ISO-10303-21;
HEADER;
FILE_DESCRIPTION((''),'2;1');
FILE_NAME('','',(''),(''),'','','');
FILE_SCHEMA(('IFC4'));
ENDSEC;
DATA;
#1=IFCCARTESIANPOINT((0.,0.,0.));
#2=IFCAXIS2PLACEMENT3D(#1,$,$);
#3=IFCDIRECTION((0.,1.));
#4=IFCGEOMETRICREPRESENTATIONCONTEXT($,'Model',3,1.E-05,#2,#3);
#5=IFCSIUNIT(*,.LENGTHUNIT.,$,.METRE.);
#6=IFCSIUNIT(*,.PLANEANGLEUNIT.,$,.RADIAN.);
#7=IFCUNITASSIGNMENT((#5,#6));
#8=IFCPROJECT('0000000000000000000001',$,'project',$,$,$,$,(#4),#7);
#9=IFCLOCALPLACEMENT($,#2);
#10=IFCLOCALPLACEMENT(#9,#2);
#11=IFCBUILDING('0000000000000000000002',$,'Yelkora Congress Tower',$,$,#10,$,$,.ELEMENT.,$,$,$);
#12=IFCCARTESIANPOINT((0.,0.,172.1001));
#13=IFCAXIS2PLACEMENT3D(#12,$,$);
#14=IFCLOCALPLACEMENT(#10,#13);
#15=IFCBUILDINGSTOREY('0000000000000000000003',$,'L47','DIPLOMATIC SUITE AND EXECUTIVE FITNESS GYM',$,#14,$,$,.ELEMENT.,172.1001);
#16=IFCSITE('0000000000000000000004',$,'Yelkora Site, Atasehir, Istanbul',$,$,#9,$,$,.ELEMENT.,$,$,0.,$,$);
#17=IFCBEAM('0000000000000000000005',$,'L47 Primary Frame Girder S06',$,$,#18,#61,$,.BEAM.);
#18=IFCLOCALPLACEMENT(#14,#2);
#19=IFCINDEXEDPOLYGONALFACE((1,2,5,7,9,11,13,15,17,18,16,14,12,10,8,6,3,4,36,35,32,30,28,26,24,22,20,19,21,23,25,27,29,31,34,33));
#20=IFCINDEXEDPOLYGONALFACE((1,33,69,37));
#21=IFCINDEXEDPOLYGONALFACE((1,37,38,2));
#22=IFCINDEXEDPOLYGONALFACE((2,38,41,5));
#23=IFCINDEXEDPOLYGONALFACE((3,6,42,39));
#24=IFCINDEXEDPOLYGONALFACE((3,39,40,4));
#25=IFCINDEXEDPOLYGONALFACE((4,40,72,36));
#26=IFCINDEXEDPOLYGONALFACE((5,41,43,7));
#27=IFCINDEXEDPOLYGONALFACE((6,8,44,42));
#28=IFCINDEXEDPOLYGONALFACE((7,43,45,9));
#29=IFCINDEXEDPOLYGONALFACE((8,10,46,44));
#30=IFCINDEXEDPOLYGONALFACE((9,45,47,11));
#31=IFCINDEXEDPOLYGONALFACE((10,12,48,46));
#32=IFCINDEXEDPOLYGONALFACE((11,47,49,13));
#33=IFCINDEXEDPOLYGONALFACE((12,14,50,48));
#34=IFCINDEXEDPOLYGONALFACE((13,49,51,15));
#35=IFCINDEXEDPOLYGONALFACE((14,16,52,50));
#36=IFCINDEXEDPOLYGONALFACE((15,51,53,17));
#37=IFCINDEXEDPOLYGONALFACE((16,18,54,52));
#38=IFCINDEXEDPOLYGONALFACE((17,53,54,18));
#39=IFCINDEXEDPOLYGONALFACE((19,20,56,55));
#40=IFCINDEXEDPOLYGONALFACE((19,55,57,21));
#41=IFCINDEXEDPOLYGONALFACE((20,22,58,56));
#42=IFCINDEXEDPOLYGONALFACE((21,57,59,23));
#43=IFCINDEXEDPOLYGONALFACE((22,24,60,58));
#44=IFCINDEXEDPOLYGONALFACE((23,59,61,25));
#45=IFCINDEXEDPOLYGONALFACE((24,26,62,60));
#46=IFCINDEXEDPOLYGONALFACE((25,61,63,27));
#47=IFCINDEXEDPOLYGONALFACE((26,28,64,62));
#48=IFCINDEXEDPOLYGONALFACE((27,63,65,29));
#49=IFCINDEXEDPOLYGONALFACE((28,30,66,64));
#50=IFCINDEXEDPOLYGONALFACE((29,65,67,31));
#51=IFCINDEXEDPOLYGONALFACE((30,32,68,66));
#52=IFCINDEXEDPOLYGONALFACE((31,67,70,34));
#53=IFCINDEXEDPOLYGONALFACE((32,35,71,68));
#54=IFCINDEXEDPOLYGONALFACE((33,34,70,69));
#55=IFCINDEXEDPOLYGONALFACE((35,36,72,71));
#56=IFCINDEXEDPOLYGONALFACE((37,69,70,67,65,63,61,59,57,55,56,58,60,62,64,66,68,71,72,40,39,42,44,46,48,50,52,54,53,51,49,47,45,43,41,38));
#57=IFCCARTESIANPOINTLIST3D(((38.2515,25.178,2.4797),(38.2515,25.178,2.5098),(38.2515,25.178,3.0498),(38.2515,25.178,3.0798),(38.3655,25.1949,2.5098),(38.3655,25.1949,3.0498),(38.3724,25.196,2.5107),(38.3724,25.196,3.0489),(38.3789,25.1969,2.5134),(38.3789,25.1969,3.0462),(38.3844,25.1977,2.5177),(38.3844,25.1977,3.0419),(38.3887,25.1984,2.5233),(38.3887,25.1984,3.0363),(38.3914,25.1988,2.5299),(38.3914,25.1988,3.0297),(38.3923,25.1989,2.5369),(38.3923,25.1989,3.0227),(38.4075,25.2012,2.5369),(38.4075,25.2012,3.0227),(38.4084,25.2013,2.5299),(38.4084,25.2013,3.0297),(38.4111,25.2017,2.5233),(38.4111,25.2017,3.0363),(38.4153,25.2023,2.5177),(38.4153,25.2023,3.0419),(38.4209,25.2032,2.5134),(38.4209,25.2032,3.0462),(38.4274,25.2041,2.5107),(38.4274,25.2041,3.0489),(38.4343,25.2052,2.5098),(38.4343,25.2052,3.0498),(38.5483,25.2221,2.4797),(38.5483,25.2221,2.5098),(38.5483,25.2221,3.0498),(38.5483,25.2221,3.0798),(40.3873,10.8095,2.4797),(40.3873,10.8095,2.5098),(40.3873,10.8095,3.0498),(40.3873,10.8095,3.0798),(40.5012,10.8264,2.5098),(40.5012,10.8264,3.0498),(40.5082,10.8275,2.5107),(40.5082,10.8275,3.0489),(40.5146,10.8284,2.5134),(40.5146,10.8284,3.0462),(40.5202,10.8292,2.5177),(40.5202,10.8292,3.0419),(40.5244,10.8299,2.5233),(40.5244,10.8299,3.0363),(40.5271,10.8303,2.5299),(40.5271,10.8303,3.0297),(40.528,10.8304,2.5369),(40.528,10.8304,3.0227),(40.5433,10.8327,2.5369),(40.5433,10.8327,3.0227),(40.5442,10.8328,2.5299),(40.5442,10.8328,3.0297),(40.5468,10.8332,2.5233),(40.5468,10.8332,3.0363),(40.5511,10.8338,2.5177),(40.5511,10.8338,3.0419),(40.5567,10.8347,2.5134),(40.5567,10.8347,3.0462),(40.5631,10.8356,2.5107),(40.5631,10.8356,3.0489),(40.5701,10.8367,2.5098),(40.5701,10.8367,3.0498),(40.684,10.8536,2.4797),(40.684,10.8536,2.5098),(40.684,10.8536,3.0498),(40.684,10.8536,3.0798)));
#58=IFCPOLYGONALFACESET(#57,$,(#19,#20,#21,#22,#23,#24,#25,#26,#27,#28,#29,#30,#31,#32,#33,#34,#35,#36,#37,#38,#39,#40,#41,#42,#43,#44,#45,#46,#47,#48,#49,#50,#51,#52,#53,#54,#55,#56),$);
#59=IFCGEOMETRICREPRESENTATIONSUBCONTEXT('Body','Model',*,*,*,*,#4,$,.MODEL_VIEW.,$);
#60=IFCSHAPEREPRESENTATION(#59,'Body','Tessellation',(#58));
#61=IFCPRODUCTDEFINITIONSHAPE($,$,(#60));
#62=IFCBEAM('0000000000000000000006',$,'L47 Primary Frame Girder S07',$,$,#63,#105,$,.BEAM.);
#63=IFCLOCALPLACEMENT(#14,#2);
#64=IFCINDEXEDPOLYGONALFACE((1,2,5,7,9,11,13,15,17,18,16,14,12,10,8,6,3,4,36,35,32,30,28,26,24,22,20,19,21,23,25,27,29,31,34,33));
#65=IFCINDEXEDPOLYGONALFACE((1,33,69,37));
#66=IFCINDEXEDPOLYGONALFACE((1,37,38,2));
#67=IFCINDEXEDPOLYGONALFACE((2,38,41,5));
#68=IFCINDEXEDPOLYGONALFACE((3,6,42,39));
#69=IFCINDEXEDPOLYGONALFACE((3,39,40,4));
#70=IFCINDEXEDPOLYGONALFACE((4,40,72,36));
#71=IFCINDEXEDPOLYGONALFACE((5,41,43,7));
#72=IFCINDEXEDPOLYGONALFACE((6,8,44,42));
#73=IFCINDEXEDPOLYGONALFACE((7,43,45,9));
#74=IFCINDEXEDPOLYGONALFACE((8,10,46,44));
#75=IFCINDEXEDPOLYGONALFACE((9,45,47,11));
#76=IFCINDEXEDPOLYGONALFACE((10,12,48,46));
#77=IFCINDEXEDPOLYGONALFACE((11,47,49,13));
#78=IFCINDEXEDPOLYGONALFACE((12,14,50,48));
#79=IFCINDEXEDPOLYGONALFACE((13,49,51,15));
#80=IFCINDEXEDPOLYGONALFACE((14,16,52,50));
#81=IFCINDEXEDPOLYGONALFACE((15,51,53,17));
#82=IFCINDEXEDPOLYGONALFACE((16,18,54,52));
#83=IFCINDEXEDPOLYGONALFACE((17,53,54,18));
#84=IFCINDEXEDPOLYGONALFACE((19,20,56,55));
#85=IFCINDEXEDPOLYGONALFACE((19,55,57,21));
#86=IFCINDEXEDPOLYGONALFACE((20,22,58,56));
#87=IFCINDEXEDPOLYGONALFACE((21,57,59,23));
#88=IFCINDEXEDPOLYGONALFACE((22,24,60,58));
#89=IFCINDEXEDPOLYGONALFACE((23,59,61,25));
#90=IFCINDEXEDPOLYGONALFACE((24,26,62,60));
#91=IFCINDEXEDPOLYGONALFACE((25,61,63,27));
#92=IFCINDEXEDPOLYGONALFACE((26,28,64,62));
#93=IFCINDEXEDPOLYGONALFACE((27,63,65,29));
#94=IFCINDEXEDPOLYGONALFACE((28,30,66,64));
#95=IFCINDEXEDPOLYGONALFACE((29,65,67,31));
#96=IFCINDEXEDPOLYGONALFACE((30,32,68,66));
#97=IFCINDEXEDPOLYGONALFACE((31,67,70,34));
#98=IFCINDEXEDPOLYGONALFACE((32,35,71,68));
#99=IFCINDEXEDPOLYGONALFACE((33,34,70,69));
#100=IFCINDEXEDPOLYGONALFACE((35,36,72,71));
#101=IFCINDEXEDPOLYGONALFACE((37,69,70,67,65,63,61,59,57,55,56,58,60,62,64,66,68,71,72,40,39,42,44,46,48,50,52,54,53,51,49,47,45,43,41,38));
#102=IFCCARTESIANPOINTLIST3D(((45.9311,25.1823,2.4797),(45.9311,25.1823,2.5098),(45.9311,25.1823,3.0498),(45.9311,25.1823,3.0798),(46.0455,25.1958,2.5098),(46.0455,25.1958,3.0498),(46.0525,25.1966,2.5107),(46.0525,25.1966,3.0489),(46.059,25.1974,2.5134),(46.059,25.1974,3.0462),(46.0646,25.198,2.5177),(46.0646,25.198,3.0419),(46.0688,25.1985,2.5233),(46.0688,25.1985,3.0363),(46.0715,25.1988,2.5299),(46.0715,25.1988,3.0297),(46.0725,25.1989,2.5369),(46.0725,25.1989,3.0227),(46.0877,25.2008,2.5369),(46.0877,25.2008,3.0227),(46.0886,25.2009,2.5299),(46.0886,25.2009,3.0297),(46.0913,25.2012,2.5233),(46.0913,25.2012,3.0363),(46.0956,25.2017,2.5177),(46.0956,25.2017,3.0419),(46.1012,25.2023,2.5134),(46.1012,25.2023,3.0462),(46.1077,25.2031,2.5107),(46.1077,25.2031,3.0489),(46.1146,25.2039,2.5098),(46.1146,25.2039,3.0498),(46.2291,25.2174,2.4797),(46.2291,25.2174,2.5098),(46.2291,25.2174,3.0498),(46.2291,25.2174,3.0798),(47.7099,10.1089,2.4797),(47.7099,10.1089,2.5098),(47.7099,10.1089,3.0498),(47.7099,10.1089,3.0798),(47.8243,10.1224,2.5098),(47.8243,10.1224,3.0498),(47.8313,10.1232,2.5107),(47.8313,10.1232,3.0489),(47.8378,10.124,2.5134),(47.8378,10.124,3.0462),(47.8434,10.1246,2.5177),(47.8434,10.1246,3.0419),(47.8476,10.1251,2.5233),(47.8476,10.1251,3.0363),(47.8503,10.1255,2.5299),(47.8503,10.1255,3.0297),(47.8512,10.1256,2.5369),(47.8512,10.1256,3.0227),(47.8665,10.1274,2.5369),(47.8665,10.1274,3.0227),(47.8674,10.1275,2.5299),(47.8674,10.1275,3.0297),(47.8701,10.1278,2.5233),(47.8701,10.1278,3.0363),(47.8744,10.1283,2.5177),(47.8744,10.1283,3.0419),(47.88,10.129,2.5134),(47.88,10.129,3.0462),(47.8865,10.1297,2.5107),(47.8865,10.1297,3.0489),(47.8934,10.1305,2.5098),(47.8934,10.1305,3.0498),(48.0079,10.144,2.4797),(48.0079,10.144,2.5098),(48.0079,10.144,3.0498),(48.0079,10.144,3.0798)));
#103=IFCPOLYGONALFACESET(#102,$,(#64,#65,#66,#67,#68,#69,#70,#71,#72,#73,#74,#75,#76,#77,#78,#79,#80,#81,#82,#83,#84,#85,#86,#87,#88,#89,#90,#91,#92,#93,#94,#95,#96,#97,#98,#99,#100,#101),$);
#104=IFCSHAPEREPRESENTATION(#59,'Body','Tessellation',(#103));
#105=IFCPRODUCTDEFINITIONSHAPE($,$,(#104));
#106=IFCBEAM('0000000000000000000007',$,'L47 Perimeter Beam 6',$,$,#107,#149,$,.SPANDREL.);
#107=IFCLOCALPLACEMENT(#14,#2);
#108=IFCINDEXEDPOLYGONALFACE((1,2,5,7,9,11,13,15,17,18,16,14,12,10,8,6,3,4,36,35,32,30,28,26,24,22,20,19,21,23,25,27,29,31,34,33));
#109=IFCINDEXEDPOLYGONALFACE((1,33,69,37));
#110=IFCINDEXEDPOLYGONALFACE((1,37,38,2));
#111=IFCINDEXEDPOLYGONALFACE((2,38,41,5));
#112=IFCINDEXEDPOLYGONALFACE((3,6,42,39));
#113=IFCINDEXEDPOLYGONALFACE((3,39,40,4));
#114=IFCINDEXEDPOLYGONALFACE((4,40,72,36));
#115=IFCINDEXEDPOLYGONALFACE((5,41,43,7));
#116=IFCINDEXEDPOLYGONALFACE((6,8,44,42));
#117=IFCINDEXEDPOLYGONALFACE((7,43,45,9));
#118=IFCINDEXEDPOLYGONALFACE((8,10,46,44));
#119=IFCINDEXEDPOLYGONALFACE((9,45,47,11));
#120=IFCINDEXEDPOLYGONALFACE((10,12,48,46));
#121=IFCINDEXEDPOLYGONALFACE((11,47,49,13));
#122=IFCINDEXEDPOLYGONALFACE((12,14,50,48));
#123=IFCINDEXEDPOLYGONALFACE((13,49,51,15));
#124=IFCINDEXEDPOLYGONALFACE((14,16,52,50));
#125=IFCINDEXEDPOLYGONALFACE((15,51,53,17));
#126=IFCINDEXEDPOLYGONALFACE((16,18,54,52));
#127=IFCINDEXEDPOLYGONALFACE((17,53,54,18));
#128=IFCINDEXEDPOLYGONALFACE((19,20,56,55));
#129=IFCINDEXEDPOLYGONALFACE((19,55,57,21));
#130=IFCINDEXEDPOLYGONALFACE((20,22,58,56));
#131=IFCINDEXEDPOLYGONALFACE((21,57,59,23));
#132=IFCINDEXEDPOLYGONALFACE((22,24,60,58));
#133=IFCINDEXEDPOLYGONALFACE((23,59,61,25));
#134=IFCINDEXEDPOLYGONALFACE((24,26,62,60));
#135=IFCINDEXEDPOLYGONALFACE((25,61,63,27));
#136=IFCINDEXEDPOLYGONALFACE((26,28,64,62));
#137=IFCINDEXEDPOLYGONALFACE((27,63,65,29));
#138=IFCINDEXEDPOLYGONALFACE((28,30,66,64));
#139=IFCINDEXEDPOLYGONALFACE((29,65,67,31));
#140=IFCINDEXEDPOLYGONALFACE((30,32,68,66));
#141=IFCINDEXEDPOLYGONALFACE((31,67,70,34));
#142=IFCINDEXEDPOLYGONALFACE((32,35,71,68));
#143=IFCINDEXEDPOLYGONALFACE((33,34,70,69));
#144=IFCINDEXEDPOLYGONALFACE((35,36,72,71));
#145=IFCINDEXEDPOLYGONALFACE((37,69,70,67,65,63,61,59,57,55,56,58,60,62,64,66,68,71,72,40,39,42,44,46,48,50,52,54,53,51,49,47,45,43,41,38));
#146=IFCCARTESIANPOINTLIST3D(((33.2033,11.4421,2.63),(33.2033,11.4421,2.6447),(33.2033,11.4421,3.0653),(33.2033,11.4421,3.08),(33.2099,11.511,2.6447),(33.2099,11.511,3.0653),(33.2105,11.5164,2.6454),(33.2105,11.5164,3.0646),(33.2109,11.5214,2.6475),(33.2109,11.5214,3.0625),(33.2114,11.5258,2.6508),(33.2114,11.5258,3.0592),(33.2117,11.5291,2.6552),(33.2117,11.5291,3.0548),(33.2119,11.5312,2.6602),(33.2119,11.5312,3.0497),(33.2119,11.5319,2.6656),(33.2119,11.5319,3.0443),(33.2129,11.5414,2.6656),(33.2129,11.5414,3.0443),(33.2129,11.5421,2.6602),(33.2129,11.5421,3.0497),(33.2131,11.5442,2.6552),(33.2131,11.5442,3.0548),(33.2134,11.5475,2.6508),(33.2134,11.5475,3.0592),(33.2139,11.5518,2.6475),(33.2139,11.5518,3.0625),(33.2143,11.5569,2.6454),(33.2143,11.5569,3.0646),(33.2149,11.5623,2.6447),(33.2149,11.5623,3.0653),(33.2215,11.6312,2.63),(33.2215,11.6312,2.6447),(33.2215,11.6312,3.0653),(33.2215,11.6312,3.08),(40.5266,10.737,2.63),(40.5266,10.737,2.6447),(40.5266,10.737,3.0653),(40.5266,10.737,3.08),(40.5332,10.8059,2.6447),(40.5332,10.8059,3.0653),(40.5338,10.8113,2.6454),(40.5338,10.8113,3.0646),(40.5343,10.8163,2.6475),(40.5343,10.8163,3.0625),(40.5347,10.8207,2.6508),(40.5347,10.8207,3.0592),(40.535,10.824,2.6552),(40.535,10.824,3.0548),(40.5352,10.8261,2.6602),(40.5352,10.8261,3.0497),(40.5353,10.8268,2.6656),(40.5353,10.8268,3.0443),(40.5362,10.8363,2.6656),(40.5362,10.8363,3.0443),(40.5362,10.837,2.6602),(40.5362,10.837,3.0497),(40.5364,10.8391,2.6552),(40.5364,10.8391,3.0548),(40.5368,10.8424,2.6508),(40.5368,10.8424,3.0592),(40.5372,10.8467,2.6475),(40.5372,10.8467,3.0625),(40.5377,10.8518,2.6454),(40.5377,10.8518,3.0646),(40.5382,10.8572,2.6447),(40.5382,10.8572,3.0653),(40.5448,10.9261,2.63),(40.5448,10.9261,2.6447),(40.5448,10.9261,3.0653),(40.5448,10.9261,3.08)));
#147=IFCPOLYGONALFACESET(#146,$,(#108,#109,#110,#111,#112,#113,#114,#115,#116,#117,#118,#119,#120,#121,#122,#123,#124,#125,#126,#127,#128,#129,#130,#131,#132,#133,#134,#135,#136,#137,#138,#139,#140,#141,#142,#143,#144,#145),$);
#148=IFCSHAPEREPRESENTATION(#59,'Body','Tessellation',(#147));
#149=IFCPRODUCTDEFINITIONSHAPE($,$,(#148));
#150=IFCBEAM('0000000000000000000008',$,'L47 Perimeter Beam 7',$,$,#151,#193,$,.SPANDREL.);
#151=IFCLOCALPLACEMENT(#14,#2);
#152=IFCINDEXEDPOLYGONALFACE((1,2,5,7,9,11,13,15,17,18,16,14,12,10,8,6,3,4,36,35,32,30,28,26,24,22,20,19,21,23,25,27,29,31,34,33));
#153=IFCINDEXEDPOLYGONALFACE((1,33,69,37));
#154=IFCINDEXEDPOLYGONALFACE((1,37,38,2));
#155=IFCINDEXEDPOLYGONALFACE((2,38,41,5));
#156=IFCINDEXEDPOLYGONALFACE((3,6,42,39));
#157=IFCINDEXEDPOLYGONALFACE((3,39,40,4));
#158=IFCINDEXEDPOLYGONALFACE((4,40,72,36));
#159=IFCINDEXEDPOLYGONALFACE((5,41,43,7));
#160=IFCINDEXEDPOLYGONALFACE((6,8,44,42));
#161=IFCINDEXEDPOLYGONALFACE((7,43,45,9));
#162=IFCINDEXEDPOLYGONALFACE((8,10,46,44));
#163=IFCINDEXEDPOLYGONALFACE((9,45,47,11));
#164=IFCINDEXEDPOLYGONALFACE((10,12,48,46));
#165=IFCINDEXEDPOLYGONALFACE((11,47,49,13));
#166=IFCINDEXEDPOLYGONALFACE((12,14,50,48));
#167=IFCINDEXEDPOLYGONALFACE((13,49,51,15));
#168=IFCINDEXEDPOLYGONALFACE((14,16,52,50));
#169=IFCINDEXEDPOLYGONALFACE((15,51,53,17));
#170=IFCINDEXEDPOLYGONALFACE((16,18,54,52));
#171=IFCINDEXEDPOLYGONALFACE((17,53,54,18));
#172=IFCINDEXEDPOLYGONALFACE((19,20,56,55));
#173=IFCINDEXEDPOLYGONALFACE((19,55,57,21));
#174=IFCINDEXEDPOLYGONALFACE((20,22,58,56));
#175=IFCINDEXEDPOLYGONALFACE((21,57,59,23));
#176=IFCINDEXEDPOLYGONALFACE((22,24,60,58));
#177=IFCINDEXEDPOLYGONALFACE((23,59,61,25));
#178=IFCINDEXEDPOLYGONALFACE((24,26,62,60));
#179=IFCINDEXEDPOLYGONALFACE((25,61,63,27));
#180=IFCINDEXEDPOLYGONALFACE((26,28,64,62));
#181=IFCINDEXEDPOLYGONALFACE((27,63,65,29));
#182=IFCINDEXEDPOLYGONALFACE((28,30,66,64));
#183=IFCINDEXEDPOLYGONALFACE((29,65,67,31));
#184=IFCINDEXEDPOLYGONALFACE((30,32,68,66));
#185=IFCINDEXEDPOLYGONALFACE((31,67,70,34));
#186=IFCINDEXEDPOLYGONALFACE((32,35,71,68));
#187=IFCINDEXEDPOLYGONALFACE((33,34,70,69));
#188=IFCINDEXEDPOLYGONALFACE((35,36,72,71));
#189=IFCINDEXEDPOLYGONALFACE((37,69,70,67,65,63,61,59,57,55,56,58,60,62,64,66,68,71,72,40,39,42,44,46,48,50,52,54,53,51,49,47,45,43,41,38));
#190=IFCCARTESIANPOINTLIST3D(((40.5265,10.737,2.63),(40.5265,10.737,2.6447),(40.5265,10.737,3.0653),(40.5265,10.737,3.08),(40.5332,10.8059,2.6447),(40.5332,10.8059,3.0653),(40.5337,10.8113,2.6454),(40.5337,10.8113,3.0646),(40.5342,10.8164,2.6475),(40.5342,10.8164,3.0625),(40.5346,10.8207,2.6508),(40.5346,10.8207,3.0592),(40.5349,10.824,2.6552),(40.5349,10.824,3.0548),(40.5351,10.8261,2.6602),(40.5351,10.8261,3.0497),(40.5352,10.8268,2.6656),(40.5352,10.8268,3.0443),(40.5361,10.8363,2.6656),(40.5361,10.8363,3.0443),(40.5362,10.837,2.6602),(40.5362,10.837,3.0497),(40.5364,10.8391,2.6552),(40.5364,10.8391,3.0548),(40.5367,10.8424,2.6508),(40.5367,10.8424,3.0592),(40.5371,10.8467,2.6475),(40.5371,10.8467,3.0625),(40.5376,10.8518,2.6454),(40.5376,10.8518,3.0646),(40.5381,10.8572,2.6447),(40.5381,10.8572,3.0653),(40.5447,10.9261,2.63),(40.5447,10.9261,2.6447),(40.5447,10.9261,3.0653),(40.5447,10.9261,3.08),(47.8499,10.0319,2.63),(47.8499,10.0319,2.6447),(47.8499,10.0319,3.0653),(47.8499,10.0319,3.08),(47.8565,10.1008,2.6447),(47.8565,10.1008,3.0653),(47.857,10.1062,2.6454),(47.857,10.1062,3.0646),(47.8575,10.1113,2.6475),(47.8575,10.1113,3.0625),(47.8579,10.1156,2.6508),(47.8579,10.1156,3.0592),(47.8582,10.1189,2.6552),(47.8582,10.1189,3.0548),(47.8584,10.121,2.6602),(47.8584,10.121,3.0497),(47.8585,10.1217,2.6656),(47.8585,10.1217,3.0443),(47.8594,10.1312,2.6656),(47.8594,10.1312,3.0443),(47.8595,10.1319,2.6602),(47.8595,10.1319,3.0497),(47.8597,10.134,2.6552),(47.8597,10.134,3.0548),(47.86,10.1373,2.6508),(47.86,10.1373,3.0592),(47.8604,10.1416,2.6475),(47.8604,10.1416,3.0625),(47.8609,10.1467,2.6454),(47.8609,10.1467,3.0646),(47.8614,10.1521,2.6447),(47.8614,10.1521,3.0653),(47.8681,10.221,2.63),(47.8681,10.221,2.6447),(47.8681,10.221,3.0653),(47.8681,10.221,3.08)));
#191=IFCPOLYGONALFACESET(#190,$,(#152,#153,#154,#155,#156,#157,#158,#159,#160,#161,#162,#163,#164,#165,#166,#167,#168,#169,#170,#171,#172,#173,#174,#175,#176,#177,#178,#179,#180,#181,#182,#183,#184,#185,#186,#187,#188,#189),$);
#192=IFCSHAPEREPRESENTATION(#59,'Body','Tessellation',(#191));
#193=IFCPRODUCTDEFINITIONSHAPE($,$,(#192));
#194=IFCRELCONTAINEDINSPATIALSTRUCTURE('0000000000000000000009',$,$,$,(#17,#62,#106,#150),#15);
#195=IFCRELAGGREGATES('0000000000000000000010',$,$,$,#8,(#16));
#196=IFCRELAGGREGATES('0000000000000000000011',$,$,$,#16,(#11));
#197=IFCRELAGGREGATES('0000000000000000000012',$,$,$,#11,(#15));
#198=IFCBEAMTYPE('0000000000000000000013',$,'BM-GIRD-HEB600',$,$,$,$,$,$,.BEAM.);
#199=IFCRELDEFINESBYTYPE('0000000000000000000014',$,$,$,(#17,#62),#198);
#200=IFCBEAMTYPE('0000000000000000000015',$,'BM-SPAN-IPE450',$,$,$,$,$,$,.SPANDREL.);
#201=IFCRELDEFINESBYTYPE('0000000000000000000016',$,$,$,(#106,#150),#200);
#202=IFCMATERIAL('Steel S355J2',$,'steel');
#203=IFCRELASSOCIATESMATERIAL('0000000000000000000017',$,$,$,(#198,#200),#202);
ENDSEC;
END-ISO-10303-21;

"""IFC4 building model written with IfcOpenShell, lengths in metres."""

from ifc_helpers import new_model, si_unit, direction, frame, origin, origin_2d, place, context, subcontext, project, spatial, i_section, extrude, material, material_profile, profile_set, type_object, element, save


model = new_model("IFC4")

# Units and contexts
model_context = context("Model", 3, precision=1e-05, world=origin(), true_north=direction((0.0, 1.0)))
body_context = subcontext(model_context, "Body", "Model", "MODEL_VIEW")
ifc_project = project(units=[si_unit("LENGTHUNIT", "METRE"), si_unit("PLANEANGLEUNIT", "RADIAN")], contexts=[model_context])

# Site, building, storey
site_placement = place(None, origin())
site = spatial("IfcSite", under=ifc_project, at=site_placement, Name="Yelkora Site, Atasehir, Istanbul", CompositionType="ELEMENT", RefElevation=0.0)
building_placement = place(site_placement, origin())
building = spatial("IfcBuilding", under=site, at=building_placement, Name="Yelkora Congress Tower", CompositionType="ELEMENT")
storey_placement = place(building_placement, frame((0.0, 0.0, 172.1001)))
storey = spatial("IfcBuildingStorey", under=building, at=storey_placement, Name="L47", Description="DIPLOMATIC SUITE AND EXECUTIVE FITNESS GYM", CompositionType="ELEMENT", Elevation=172.1001)

# Beams
ifc_material_1 = material(Name="Steel S355J2", Category="steel")
ifc_material_profile_1 = material_profile(ifc_material_1, i_section(OverallWidth=0.3, OverallDepth=0.6001, WebThickness=0.0154, FlangeThickness=0.03, FilletRadius=0.0271, at=origin_2d()), Name="HEB 600")
ifc_profile_set_1 = profile_set([ifc_material_profile_1], Name="Steel S355J2")
beam_type_1 = type_object("IfcBeamType", Name="BM-GIRD-HEB600", PredefinedType="BEAM", material=ifc_profile_set_1)
beam_1_placement = place(storey_placement, frame((40.5356, 10.8315, 2.7798), z_axis=(-0.147026, 0.989133, 0.0), x_axis=(-0.989133, -0.147026, 0.0)))
element("IfcBeam", 1, at=beam_1_placement, inside=storey, type_object=beam_type_1, Name="L47 Primary Frame Girder S06", PredefinedType="BEAM", context=body_context, shape_type="SweptSolid", body=[
    extrude(i_section(OverallWidth=0.3, OverallDepth=0.6001, WebThickness=0.0154, FlangeThickness=0.03, FilletRadius=0.0271, at=origin_2d()), origin(), (0.0, 0.0, 1.0), 14.5264),
])
beam_2_placement = place(storey_placement, frame((47.8589, 10.1265, 2.7798), z_axis=(-0.117196, 0.993109, 0.0), x_axis=(-0.993109, -0.117196, 0.0)))
element("IfcBeam", 2, at=beam_2_placement, inside=storey, type_object=beam_type_1, Name="L47 Primary Frame Girder S07", PredefinedType="BEAM", context=body_context, shape_type="SweptSolid", body=[
    extrude(i_section(OverallWidth=0.3, OverallDepth=0.6001, WebThickness=0.0154, FlangeThickness=0.03, FilletRadius=0.0271, at=origin_2d()), origin(), (0.0, 0.0, 1.0), 15.178),
])
ifc_material_profile_2 = material_profile(ifc_material_1, i_section(OverallWidth=0.1899, OverallDepth=0.45, WebThickness=0.0095, FlangeThickness=0.0146, FilletRadius=0.021, at=origin_2d()), Name="IPE 450")
ifc_profile_set_2 = profile_set([ifc_material_profile_2], Name="Steel S355J2")
beam_type_2 = type_object("IfcBeamType", Name="BM-SPAN-IPE450", PredefinedType="SPANDREL", material=ifc_profile_set_2)
for number, where, z_axis, x_axis, name in (
    (3, (33.2124, 11.5366, 2.855), (0.995397, -0.095836, 0.0), (0.095836, 0.995397, 0.0), "L47 Perimeter Beam 6"),
    (4, (40.5356, 10.8315, 2.855), (0.995397, -0.095836, 0.0), (0.095836, 0.995397, 0.0), "L47 Perimeter Beam 7"),
):
    element("IfcBeam", number, at=place(storey_placement, frame(where, z_axis=z_axis, x_axis=x_axis)), inside=storey, type_object=beam_type_2, Name=name, PredefinedType="SPANDREL", context=body_context, shape_type="SweptSolid", body=[
        extrude(i_section(OverallWidth=0.1899, OverallDepth=0.45, WebThickness=0.0095, FlangeThickness=0.0146, FilletRadius=0.021, at=origin_2d()), origin(), (0.0, 0.0, 1.0), 7.3572),
    ])

save(model, "model.ifc")
